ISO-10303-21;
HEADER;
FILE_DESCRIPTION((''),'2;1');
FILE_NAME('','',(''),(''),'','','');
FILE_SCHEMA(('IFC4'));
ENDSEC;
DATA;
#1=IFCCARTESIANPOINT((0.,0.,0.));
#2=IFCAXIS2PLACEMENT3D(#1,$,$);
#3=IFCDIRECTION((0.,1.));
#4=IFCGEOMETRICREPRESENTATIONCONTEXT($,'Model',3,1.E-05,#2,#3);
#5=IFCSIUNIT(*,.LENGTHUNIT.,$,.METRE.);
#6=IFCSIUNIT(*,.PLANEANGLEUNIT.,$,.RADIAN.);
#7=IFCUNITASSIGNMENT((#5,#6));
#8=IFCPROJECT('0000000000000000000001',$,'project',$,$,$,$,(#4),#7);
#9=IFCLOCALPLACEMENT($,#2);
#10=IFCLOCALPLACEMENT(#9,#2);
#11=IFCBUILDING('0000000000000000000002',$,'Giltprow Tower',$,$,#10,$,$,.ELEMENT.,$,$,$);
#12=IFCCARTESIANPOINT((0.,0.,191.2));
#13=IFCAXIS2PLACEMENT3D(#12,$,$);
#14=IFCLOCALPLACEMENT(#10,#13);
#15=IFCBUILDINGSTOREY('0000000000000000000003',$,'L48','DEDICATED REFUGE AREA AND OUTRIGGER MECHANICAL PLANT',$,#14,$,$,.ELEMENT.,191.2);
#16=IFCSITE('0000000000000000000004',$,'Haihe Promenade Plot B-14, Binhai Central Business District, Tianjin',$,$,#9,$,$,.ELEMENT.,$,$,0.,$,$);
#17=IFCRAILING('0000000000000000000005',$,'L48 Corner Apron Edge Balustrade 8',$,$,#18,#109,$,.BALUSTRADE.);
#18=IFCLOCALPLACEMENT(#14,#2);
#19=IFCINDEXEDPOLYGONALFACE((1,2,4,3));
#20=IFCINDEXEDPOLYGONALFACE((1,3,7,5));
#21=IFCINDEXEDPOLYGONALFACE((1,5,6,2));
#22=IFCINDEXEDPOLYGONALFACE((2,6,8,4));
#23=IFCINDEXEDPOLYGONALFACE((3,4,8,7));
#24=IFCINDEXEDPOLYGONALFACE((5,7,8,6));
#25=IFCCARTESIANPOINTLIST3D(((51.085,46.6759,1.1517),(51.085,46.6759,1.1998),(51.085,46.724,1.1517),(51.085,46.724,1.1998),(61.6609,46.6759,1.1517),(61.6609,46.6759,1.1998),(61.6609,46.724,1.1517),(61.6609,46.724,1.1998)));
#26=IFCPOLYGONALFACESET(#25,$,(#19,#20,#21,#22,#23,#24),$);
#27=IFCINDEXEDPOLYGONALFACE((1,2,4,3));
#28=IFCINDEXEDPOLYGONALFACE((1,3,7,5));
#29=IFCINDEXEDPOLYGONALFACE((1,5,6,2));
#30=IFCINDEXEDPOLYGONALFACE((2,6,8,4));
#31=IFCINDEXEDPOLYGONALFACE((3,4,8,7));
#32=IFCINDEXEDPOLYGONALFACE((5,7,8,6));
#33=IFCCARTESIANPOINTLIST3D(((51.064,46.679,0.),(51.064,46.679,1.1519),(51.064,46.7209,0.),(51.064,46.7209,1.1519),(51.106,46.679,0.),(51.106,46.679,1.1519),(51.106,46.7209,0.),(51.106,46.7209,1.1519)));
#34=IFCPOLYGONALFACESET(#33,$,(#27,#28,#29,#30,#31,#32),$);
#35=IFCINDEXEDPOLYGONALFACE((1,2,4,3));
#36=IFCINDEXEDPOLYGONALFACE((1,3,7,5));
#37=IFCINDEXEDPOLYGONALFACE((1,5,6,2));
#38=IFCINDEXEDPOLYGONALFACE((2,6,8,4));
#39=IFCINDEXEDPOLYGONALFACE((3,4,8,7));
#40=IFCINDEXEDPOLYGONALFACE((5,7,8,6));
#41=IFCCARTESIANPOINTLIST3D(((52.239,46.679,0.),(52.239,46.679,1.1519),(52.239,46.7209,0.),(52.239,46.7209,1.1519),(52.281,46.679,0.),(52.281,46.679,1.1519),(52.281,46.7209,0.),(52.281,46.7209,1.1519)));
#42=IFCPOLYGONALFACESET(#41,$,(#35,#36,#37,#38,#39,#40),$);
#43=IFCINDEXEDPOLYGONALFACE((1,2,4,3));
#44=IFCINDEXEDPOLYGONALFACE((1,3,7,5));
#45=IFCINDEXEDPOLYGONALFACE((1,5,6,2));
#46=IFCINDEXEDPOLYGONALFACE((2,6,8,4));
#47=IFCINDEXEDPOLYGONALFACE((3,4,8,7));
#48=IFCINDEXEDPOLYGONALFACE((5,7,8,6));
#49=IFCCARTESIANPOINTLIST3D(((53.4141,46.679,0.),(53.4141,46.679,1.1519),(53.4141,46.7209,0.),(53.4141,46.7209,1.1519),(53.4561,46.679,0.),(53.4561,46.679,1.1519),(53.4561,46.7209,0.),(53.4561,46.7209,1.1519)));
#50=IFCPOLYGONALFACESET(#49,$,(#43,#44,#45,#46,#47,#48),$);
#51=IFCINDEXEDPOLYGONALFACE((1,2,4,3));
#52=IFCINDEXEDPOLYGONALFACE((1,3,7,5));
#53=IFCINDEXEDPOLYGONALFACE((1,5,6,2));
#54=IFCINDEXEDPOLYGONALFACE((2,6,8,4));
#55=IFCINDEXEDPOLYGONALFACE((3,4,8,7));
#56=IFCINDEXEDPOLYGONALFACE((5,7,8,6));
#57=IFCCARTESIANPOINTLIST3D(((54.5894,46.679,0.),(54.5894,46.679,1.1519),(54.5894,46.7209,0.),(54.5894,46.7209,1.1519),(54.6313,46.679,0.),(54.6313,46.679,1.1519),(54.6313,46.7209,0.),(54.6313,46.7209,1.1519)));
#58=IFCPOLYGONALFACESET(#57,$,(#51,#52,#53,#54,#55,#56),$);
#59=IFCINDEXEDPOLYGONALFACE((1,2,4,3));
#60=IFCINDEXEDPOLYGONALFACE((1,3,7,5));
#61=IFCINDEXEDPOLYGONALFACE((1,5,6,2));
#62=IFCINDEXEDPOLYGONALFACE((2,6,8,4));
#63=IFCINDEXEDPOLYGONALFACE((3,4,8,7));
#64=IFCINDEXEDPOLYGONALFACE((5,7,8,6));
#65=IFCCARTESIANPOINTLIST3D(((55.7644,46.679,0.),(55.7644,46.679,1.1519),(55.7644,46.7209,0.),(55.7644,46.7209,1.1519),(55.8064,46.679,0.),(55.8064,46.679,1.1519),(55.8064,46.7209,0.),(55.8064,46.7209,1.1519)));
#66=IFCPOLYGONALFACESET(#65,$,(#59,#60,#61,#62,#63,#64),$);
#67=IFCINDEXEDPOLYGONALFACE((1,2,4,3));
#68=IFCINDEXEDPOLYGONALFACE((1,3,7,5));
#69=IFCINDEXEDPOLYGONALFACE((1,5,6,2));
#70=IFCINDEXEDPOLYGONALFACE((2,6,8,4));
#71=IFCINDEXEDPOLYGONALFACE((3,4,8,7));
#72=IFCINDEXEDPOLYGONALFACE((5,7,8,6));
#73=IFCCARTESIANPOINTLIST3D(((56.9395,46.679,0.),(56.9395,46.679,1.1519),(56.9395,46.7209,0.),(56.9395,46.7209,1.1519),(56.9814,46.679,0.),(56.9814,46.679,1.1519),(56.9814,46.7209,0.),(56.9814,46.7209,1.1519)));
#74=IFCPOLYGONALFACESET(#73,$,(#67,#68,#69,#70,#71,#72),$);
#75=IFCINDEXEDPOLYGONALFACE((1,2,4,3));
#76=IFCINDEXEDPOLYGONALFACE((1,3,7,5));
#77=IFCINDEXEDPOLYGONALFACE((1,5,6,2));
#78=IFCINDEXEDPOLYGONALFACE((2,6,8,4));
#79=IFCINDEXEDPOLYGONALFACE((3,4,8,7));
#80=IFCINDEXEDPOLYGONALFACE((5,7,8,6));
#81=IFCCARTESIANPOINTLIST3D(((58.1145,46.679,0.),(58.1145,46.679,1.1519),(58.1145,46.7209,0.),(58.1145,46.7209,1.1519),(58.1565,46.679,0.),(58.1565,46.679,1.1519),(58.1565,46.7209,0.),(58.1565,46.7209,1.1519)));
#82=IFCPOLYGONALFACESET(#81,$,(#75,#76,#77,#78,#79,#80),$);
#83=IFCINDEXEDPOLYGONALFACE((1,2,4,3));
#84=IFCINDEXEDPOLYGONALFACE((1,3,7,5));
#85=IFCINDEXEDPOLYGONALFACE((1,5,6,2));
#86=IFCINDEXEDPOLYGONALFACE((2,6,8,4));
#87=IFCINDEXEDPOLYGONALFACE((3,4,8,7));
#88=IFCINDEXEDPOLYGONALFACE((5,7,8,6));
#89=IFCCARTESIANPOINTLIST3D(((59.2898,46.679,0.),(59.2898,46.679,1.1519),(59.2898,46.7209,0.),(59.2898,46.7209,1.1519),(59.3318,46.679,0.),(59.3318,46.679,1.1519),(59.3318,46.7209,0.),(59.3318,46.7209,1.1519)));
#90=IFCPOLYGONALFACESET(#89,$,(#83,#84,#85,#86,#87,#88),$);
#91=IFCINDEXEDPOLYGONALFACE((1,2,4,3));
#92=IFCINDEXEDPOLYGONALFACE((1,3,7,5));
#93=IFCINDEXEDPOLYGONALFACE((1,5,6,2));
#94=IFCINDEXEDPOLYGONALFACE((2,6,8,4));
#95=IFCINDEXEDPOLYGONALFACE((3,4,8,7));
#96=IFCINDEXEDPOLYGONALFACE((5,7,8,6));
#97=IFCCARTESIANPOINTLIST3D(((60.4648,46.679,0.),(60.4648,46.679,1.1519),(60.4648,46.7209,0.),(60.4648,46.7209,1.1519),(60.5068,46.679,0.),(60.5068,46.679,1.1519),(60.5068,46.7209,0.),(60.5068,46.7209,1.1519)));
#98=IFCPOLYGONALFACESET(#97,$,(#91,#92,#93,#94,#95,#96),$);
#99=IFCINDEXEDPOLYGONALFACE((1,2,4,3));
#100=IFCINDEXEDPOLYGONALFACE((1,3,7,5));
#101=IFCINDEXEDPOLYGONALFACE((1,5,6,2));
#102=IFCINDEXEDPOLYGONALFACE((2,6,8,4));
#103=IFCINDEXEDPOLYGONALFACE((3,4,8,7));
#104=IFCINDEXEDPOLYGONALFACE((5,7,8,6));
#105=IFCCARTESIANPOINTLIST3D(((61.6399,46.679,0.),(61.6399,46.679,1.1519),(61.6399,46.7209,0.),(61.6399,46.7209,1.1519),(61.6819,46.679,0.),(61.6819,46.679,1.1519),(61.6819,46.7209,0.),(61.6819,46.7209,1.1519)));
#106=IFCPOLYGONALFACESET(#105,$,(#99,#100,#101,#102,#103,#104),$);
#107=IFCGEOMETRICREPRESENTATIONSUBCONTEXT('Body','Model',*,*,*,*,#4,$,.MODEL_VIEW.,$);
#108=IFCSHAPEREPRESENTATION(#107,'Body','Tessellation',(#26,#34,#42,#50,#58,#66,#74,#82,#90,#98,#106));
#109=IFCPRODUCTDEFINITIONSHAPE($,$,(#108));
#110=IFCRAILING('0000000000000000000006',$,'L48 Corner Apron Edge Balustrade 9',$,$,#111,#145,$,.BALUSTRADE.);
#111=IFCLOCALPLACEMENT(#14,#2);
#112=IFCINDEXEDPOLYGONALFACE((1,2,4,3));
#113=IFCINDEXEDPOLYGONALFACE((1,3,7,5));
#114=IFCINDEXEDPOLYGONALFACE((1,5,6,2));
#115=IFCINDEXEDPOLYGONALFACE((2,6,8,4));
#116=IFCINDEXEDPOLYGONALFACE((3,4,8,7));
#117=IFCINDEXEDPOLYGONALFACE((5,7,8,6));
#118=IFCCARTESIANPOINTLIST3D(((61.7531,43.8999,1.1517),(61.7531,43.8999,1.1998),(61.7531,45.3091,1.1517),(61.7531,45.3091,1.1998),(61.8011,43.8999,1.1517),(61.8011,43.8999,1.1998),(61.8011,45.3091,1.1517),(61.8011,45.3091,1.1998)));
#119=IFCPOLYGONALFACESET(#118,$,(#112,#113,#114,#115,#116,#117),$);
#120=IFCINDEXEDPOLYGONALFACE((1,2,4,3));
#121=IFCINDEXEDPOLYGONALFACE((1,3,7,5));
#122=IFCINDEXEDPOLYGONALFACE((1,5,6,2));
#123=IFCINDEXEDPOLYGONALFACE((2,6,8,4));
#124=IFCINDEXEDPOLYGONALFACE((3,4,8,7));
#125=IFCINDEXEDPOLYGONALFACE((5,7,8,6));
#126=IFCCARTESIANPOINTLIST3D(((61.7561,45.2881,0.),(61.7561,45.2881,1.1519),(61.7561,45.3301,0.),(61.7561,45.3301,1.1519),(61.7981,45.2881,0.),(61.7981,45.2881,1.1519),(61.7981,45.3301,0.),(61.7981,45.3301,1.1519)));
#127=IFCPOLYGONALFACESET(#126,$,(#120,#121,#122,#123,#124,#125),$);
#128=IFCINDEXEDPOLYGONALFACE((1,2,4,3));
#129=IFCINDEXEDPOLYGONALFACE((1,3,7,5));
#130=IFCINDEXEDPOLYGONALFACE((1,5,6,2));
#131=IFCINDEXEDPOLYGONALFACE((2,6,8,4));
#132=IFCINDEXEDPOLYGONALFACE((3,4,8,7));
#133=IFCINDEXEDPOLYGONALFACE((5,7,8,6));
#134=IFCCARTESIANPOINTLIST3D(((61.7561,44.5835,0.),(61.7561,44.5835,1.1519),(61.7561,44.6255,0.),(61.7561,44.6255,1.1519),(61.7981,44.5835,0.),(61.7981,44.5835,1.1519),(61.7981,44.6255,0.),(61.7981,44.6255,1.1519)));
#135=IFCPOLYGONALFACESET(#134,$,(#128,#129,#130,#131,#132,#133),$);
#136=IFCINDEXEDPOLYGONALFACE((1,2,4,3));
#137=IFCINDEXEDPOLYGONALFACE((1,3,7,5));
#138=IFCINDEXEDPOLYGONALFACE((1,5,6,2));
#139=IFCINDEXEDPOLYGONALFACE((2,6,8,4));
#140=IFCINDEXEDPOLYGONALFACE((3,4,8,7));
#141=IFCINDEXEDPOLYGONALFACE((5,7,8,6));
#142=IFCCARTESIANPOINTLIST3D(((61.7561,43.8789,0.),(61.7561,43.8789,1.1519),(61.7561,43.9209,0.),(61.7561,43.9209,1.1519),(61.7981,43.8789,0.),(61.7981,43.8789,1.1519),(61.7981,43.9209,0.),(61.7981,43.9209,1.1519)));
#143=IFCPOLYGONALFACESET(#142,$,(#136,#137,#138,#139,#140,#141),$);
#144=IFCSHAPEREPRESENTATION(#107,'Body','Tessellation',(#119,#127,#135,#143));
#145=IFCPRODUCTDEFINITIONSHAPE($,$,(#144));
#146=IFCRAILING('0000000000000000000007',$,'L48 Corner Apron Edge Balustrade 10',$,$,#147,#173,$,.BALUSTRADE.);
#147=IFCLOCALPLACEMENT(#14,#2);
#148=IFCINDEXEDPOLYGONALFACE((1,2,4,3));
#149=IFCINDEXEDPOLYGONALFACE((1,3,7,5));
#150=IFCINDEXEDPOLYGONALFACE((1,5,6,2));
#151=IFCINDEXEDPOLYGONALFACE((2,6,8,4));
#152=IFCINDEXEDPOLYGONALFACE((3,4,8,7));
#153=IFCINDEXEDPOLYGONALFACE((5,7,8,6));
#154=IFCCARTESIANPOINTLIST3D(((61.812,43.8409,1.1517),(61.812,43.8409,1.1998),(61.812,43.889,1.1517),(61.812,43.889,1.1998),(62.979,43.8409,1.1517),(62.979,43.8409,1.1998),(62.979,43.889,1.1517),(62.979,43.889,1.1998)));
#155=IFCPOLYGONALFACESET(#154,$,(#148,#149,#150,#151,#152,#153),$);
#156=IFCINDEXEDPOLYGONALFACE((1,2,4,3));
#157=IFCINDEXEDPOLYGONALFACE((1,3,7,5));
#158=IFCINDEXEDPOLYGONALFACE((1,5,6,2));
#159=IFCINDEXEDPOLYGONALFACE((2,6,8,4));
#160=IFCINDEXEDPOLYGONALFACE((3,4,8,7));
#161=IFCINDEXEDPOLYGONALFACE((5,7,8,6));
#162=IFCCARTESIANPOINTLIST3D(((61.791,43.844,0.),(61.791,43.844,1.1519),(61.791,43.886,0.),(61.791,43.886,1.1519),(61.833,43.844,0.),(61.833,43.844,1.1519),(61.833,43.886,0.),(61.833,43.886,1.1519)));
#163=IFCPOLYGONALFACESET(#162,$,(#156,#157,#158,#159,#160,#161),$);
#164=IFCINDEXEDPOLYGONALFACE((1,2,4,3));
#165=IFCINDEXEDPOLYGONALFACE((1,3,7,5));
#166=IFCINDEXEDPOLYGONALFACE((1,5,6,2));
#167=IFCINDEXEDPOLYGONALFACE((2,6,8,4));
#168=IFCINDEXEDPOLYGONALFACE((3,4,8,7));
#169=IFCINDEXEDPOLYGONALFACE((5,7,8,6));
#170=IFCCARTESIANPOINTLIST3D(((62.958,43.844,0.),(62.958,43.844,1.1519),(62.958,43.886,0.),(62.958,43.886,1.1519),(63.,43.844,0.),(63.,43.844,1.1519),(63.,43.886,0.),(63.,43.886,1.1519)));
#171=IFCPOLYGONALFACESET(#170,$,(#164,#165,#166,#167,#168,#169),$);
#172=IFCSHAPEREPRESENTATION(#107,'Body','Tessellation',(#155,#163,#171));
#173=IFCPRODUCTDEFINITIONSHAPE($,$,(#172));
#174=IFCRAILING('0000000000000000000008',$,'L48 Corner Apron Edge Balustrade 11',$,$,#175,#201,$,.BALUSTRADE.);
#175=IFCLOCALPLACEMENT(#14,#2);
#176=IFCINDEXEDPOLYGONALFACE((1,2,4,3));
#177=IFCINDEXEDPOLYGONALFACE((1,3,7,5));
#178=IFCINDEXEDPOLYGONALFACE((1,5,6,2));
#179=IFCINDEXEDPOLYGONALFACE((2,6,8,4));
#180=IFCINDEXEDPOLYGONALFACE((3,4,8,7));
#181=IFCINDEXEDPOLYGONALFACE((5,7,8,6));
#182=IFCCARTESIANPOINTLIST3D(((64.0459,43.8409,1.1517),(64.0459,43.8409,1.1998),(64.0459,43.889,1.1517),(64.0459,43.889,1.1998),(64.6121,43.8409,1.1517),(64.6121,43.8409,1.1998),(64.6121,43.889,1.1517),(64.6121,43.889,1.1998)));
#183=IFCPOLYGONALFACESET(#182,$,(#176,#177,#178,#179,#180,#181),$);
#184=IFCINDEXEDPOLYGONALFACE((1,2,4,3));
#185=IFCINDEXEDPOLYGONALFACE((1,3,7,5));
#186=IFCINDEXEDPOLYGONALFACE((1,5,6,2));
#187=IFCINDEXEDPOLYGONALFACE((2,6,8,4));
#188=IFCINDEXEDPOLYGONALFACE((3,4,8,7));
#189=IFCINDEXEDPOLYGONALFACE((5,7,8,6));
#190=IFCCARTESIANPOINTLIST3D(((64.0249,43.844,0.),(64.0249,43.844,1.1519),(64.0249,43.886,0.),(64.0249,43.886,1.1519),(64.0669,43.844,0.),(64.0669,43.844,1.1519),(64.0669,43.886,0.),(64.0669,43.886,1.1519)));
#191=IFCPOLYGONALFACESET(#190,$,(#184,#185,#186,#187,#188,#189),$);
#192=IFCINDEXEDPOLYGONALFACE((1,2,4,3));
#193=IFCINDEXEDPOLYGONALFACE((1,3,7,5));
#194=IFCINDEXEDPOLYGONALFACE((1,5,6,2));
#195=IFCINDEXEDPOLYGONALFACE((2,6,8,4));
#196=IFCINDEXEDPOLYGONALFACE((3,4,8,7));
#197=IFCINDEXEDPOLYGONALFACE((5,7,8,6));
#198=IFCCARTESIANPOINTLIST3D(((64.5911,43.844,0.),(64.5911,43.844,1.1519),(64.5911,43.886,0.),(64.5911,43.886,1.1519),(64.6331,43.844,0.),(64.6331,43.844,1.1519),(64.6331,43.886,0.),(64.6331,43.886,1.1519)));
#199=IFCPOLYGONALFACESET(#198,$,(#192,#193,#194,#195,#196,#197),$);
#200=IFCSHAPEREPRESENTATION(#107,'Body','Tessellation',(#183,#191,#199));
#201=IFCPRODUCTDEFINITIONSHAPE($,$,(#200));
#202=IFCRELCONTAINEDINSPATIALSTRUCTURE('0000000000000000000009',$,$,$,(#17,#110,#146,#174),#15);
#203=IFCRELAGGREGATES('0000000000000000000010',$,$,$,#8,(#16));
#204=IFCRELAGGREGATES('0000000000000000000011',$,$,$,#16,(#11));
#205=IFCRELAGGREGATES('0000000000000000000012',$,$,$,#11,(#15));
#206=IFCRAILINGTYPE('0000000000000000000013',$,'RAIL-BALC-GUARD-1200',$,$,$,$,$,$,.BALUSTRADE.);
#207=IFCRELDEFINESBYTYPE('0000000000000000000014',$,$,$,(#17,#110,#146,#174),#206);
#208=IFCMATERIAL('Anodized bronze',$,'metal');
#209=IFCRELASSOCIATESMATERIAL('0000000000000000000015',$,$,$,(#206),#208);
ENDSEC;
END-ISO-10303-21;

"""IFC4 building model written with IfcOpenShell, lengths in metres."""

from ifc_helpers import new_model, si_unit, direction, frame, origin, origin_2d, place, context, subcontext, project, spatial, rectangle, extrude, material, type_object, element, save


model = new_model("IFC4")

# Units and contexts
model_context = context("Model", 3, precision=1e-05, world=origin(), true_north=direction((0.0, 1.0)))
body_context = subcontext(model_context, "Body", "Model", "MODEL_VIEW")
ifc_project = project(units=[si_unit("LENGTHUNIT", "METRE"), si_unit("PLANEANGLEUNIT", "RADIAN")], contexts=[model_context])

# Site, building, storey
site_placement = place(None, origin())
site = spatial("IfcSite", under=ifc_project, at=site_placement, Name="Haihe Promenade Plot B-14, Binhai Central Business District, Tianjin", CompositionType="ELEMENT", RefElevation=0.0)
building_placement = place(site_placement, origin())
building = spatial("IfcBuilding", under=site, at=building_placement, Name="Giltprow Tower", CompositionType="ELEMENT")
storey_placement = place(building_placement, frame((0.0, 0.0, 191.2)))
storey = spatial("IfcBuildingStorey", under=building, at=storey_placement, Name="L48", Description="DEDICATED REFUGE AREA AND OUTRIGGER MECHANICAL PLANT", CompositionType="ELEMENT", Elevation=191.2)

# Railings
ifc_material_1 = material(Name="Anodized bronze", Category="metal")
railing_type_1 = type_object("IfcRailingType", Name="RAIL-BALC-GUARD-1200", PredefinedType="BALUSTRADE", material=ifc_material_1)
railing_1_placement = place(storey_placement, frame((51.085, 46.7, 0.0)))
element("IfcRailing", 1, at=railing_1_placement, inside=storey, type_object=railing_type_1, Name="L48 Corner Apron Edge Balustrade 8", PredefinedType="BALUSTRADE", context=body_context, shape_type="SweptSolid", body=[
    extrude(rectangle(XDim=0.0481, YDim=0.0481, at=origin_2d()), frame((0.0, 0.0, 1.1758), z_axis=(1.0, 0.0, 0.0), x_axis=(0.0, 1.0, 0.0)), (0.0, 0.0, 1.0), 10.5759),
    extrude(rectangle(XDim=0.042, YDim=0.042, at=origin_2d()), origin(), (0.0, 0.0, 1.0), 1.1519),
    extrude(rectangle(XDim=0.042, YDim=0.042, at=origin_2d()), frame((1.175, 0.0, 0.0)), (0.0, 0.0, 1.0), 1.1519),
    extrude(rectangle(XDim=0.042, YDim=0.042, at=origin_2d()), frame((2.3501, 0.0, 0.0)), (0.0, 0.0, 1.0), 1.1519),
    extrude(rectangle(XDim=0.042, YDim=0.042, at=origin_2d()), frame((3.5254, 0.0, 0.0)), (0.0, 0.0, 1.0), 1.1519),
    extrude(rectangle(XDim=0.042, YDim=0.042, at=origin_2d()), frame((4.7004, 0.0, 0.0)), (0.0, 0.0, 1.0), 1.1519),
    extrude(rectangle(XDim=0.042, YDim=0.042, at=origin_2d()), frame((5.8755, 0.0, 0.0)), (0.0, 0.0, 1.0), 1.1519),
    extrude(rectangle(XDim=0.042, YDim=0.042, at=origin_2d()), frame((7.0505, 0.0, 0.0)), (0.0, 0.0, 1.0), 1.1519),
    extrude(rectangle(XDim=0.042, YDim=0.042, at=origin_2d()), frame((8.2258, 0.0, 0.0)), (0.0, 0.0, 1.0), 1.1519),
    extrude(rectangle(XDim=0.042, YDim=0.042, at=origin_2d()), frame((9.4009, 0.0, 0.0)), (0.0, 0.0, 1.0), 1.1519),
    extrude(rectangle(XDim=0.042, YDim=0.042, at=origin_2d()), frame((10.5759, 0.0, 0.0)), (0.0, 0.0, 1.0), 1.1519),
])
railing_2_placement = place(storey_placement, frame((61.7771, 45.3091, 0.0)))
element("IfcRailing", 2, at=railing_2_placement, inside=storey, type_object=railing_type_1, Name="L48 Corner Apron Edge Balustrade 9", PredefinedType="BALUSTRADE", context=body_context, shape_type="SweptSolid", body=[
    extrude(rectangle(XDim=0.0481, YDim=0.0481, at=origin_2d()), frame((0.0, 0.0, 1.1758), z_axis=(0.0, -1.0, 0.0), x_axis=(1.0, 0.0, 0.0)), (0.0, 0.0, 1.0), 1.4092),
    extrude(rectangle(XDim=0.042, YDim=0.042, at=origin_2d()), origin(), (0.0, 0.0, 1.0), 1.1519),
    extrude(rectangle(XDim=0.042, YDim=0.042, at=origin_2d()), frame((0.0, -0.7046, 0.0)), (0.0, 0.0, 1.0), 1.1519),
    extrude(rectangle(XDim=0.042, YDim=0.042, at=origin_2d()), frame((0.0, -1.4092, 0.0)), (0.0, 0.0, 1.0), 1.1519),
])
railing_3_placement = place(storey_placement, frame((61.812, 43.865, 0.0)))
element("IfcRailing", 3, at=railing_3_placement, inside=storey, type_object=railing_type_1, Name="L48 Corner Apron Edge Balustrade 10", PredefinedType="BALUSTRADE", context=body_context, shape_type="SweptSolid", body=[
    extrude(rectangle(XDim=0.0481, YDim=0.0481, at=origin_2d()), frame((0.0, 0.0, 1.1758), z_axis=(1.0, 0.0, 0.0), x_axis=(0.0, 1.0, 0.0)), (0.0, 0.0, 1.0), 1.167),
    extrude(rectangle(XDim=0.042, YDim=0.042, at=origin_2d()), origin(), (0.0, 0.0, 1.0), 1.1519),
    extrude(rectangle(XDim=0.042, YDim=0.042, at=origin_2d()), frame((1.167, 0.0, 0.0)), (0.0, 0.0, 1.0), 1.1519),
])
railing_4_placement = place(storey_placement, frame((64.0459, 43.865, 0.0)))
element("IfcRailing", 4, at=railing_4_placement, inside=storey, type_object=railing_type_1, Name="L48 Corner Apron Edge Balustrade 11", PredefinedType="BALUSTRADE", context=body_context, shape_type="SweptSolid", body=[
    extrude(rectangle(XDim=0.0481, YDim=0.0481, at=origin_2d()), frame((0.0, 0.0, 1.1758), z_axis=(1.0, 0.0, 0.0), x_axis=(0.0, 1.0, 0.0)), (0.0, 0.0, 1.0), 0.5662),
    extrude(rectangle(XDim=0.042, YDim=0.042, at=origin_2d()), origin(), (0.0, 0.0, 1.0), 1.1519),
    extrude(rectangle(XDim=0.042, YDim=0.042, at=origin_2d()), frame((0.5662, 0.0, 0.0)), (0.0, 0.0, 1.0), 1.1519),
])

save(model, "model.ifc")
